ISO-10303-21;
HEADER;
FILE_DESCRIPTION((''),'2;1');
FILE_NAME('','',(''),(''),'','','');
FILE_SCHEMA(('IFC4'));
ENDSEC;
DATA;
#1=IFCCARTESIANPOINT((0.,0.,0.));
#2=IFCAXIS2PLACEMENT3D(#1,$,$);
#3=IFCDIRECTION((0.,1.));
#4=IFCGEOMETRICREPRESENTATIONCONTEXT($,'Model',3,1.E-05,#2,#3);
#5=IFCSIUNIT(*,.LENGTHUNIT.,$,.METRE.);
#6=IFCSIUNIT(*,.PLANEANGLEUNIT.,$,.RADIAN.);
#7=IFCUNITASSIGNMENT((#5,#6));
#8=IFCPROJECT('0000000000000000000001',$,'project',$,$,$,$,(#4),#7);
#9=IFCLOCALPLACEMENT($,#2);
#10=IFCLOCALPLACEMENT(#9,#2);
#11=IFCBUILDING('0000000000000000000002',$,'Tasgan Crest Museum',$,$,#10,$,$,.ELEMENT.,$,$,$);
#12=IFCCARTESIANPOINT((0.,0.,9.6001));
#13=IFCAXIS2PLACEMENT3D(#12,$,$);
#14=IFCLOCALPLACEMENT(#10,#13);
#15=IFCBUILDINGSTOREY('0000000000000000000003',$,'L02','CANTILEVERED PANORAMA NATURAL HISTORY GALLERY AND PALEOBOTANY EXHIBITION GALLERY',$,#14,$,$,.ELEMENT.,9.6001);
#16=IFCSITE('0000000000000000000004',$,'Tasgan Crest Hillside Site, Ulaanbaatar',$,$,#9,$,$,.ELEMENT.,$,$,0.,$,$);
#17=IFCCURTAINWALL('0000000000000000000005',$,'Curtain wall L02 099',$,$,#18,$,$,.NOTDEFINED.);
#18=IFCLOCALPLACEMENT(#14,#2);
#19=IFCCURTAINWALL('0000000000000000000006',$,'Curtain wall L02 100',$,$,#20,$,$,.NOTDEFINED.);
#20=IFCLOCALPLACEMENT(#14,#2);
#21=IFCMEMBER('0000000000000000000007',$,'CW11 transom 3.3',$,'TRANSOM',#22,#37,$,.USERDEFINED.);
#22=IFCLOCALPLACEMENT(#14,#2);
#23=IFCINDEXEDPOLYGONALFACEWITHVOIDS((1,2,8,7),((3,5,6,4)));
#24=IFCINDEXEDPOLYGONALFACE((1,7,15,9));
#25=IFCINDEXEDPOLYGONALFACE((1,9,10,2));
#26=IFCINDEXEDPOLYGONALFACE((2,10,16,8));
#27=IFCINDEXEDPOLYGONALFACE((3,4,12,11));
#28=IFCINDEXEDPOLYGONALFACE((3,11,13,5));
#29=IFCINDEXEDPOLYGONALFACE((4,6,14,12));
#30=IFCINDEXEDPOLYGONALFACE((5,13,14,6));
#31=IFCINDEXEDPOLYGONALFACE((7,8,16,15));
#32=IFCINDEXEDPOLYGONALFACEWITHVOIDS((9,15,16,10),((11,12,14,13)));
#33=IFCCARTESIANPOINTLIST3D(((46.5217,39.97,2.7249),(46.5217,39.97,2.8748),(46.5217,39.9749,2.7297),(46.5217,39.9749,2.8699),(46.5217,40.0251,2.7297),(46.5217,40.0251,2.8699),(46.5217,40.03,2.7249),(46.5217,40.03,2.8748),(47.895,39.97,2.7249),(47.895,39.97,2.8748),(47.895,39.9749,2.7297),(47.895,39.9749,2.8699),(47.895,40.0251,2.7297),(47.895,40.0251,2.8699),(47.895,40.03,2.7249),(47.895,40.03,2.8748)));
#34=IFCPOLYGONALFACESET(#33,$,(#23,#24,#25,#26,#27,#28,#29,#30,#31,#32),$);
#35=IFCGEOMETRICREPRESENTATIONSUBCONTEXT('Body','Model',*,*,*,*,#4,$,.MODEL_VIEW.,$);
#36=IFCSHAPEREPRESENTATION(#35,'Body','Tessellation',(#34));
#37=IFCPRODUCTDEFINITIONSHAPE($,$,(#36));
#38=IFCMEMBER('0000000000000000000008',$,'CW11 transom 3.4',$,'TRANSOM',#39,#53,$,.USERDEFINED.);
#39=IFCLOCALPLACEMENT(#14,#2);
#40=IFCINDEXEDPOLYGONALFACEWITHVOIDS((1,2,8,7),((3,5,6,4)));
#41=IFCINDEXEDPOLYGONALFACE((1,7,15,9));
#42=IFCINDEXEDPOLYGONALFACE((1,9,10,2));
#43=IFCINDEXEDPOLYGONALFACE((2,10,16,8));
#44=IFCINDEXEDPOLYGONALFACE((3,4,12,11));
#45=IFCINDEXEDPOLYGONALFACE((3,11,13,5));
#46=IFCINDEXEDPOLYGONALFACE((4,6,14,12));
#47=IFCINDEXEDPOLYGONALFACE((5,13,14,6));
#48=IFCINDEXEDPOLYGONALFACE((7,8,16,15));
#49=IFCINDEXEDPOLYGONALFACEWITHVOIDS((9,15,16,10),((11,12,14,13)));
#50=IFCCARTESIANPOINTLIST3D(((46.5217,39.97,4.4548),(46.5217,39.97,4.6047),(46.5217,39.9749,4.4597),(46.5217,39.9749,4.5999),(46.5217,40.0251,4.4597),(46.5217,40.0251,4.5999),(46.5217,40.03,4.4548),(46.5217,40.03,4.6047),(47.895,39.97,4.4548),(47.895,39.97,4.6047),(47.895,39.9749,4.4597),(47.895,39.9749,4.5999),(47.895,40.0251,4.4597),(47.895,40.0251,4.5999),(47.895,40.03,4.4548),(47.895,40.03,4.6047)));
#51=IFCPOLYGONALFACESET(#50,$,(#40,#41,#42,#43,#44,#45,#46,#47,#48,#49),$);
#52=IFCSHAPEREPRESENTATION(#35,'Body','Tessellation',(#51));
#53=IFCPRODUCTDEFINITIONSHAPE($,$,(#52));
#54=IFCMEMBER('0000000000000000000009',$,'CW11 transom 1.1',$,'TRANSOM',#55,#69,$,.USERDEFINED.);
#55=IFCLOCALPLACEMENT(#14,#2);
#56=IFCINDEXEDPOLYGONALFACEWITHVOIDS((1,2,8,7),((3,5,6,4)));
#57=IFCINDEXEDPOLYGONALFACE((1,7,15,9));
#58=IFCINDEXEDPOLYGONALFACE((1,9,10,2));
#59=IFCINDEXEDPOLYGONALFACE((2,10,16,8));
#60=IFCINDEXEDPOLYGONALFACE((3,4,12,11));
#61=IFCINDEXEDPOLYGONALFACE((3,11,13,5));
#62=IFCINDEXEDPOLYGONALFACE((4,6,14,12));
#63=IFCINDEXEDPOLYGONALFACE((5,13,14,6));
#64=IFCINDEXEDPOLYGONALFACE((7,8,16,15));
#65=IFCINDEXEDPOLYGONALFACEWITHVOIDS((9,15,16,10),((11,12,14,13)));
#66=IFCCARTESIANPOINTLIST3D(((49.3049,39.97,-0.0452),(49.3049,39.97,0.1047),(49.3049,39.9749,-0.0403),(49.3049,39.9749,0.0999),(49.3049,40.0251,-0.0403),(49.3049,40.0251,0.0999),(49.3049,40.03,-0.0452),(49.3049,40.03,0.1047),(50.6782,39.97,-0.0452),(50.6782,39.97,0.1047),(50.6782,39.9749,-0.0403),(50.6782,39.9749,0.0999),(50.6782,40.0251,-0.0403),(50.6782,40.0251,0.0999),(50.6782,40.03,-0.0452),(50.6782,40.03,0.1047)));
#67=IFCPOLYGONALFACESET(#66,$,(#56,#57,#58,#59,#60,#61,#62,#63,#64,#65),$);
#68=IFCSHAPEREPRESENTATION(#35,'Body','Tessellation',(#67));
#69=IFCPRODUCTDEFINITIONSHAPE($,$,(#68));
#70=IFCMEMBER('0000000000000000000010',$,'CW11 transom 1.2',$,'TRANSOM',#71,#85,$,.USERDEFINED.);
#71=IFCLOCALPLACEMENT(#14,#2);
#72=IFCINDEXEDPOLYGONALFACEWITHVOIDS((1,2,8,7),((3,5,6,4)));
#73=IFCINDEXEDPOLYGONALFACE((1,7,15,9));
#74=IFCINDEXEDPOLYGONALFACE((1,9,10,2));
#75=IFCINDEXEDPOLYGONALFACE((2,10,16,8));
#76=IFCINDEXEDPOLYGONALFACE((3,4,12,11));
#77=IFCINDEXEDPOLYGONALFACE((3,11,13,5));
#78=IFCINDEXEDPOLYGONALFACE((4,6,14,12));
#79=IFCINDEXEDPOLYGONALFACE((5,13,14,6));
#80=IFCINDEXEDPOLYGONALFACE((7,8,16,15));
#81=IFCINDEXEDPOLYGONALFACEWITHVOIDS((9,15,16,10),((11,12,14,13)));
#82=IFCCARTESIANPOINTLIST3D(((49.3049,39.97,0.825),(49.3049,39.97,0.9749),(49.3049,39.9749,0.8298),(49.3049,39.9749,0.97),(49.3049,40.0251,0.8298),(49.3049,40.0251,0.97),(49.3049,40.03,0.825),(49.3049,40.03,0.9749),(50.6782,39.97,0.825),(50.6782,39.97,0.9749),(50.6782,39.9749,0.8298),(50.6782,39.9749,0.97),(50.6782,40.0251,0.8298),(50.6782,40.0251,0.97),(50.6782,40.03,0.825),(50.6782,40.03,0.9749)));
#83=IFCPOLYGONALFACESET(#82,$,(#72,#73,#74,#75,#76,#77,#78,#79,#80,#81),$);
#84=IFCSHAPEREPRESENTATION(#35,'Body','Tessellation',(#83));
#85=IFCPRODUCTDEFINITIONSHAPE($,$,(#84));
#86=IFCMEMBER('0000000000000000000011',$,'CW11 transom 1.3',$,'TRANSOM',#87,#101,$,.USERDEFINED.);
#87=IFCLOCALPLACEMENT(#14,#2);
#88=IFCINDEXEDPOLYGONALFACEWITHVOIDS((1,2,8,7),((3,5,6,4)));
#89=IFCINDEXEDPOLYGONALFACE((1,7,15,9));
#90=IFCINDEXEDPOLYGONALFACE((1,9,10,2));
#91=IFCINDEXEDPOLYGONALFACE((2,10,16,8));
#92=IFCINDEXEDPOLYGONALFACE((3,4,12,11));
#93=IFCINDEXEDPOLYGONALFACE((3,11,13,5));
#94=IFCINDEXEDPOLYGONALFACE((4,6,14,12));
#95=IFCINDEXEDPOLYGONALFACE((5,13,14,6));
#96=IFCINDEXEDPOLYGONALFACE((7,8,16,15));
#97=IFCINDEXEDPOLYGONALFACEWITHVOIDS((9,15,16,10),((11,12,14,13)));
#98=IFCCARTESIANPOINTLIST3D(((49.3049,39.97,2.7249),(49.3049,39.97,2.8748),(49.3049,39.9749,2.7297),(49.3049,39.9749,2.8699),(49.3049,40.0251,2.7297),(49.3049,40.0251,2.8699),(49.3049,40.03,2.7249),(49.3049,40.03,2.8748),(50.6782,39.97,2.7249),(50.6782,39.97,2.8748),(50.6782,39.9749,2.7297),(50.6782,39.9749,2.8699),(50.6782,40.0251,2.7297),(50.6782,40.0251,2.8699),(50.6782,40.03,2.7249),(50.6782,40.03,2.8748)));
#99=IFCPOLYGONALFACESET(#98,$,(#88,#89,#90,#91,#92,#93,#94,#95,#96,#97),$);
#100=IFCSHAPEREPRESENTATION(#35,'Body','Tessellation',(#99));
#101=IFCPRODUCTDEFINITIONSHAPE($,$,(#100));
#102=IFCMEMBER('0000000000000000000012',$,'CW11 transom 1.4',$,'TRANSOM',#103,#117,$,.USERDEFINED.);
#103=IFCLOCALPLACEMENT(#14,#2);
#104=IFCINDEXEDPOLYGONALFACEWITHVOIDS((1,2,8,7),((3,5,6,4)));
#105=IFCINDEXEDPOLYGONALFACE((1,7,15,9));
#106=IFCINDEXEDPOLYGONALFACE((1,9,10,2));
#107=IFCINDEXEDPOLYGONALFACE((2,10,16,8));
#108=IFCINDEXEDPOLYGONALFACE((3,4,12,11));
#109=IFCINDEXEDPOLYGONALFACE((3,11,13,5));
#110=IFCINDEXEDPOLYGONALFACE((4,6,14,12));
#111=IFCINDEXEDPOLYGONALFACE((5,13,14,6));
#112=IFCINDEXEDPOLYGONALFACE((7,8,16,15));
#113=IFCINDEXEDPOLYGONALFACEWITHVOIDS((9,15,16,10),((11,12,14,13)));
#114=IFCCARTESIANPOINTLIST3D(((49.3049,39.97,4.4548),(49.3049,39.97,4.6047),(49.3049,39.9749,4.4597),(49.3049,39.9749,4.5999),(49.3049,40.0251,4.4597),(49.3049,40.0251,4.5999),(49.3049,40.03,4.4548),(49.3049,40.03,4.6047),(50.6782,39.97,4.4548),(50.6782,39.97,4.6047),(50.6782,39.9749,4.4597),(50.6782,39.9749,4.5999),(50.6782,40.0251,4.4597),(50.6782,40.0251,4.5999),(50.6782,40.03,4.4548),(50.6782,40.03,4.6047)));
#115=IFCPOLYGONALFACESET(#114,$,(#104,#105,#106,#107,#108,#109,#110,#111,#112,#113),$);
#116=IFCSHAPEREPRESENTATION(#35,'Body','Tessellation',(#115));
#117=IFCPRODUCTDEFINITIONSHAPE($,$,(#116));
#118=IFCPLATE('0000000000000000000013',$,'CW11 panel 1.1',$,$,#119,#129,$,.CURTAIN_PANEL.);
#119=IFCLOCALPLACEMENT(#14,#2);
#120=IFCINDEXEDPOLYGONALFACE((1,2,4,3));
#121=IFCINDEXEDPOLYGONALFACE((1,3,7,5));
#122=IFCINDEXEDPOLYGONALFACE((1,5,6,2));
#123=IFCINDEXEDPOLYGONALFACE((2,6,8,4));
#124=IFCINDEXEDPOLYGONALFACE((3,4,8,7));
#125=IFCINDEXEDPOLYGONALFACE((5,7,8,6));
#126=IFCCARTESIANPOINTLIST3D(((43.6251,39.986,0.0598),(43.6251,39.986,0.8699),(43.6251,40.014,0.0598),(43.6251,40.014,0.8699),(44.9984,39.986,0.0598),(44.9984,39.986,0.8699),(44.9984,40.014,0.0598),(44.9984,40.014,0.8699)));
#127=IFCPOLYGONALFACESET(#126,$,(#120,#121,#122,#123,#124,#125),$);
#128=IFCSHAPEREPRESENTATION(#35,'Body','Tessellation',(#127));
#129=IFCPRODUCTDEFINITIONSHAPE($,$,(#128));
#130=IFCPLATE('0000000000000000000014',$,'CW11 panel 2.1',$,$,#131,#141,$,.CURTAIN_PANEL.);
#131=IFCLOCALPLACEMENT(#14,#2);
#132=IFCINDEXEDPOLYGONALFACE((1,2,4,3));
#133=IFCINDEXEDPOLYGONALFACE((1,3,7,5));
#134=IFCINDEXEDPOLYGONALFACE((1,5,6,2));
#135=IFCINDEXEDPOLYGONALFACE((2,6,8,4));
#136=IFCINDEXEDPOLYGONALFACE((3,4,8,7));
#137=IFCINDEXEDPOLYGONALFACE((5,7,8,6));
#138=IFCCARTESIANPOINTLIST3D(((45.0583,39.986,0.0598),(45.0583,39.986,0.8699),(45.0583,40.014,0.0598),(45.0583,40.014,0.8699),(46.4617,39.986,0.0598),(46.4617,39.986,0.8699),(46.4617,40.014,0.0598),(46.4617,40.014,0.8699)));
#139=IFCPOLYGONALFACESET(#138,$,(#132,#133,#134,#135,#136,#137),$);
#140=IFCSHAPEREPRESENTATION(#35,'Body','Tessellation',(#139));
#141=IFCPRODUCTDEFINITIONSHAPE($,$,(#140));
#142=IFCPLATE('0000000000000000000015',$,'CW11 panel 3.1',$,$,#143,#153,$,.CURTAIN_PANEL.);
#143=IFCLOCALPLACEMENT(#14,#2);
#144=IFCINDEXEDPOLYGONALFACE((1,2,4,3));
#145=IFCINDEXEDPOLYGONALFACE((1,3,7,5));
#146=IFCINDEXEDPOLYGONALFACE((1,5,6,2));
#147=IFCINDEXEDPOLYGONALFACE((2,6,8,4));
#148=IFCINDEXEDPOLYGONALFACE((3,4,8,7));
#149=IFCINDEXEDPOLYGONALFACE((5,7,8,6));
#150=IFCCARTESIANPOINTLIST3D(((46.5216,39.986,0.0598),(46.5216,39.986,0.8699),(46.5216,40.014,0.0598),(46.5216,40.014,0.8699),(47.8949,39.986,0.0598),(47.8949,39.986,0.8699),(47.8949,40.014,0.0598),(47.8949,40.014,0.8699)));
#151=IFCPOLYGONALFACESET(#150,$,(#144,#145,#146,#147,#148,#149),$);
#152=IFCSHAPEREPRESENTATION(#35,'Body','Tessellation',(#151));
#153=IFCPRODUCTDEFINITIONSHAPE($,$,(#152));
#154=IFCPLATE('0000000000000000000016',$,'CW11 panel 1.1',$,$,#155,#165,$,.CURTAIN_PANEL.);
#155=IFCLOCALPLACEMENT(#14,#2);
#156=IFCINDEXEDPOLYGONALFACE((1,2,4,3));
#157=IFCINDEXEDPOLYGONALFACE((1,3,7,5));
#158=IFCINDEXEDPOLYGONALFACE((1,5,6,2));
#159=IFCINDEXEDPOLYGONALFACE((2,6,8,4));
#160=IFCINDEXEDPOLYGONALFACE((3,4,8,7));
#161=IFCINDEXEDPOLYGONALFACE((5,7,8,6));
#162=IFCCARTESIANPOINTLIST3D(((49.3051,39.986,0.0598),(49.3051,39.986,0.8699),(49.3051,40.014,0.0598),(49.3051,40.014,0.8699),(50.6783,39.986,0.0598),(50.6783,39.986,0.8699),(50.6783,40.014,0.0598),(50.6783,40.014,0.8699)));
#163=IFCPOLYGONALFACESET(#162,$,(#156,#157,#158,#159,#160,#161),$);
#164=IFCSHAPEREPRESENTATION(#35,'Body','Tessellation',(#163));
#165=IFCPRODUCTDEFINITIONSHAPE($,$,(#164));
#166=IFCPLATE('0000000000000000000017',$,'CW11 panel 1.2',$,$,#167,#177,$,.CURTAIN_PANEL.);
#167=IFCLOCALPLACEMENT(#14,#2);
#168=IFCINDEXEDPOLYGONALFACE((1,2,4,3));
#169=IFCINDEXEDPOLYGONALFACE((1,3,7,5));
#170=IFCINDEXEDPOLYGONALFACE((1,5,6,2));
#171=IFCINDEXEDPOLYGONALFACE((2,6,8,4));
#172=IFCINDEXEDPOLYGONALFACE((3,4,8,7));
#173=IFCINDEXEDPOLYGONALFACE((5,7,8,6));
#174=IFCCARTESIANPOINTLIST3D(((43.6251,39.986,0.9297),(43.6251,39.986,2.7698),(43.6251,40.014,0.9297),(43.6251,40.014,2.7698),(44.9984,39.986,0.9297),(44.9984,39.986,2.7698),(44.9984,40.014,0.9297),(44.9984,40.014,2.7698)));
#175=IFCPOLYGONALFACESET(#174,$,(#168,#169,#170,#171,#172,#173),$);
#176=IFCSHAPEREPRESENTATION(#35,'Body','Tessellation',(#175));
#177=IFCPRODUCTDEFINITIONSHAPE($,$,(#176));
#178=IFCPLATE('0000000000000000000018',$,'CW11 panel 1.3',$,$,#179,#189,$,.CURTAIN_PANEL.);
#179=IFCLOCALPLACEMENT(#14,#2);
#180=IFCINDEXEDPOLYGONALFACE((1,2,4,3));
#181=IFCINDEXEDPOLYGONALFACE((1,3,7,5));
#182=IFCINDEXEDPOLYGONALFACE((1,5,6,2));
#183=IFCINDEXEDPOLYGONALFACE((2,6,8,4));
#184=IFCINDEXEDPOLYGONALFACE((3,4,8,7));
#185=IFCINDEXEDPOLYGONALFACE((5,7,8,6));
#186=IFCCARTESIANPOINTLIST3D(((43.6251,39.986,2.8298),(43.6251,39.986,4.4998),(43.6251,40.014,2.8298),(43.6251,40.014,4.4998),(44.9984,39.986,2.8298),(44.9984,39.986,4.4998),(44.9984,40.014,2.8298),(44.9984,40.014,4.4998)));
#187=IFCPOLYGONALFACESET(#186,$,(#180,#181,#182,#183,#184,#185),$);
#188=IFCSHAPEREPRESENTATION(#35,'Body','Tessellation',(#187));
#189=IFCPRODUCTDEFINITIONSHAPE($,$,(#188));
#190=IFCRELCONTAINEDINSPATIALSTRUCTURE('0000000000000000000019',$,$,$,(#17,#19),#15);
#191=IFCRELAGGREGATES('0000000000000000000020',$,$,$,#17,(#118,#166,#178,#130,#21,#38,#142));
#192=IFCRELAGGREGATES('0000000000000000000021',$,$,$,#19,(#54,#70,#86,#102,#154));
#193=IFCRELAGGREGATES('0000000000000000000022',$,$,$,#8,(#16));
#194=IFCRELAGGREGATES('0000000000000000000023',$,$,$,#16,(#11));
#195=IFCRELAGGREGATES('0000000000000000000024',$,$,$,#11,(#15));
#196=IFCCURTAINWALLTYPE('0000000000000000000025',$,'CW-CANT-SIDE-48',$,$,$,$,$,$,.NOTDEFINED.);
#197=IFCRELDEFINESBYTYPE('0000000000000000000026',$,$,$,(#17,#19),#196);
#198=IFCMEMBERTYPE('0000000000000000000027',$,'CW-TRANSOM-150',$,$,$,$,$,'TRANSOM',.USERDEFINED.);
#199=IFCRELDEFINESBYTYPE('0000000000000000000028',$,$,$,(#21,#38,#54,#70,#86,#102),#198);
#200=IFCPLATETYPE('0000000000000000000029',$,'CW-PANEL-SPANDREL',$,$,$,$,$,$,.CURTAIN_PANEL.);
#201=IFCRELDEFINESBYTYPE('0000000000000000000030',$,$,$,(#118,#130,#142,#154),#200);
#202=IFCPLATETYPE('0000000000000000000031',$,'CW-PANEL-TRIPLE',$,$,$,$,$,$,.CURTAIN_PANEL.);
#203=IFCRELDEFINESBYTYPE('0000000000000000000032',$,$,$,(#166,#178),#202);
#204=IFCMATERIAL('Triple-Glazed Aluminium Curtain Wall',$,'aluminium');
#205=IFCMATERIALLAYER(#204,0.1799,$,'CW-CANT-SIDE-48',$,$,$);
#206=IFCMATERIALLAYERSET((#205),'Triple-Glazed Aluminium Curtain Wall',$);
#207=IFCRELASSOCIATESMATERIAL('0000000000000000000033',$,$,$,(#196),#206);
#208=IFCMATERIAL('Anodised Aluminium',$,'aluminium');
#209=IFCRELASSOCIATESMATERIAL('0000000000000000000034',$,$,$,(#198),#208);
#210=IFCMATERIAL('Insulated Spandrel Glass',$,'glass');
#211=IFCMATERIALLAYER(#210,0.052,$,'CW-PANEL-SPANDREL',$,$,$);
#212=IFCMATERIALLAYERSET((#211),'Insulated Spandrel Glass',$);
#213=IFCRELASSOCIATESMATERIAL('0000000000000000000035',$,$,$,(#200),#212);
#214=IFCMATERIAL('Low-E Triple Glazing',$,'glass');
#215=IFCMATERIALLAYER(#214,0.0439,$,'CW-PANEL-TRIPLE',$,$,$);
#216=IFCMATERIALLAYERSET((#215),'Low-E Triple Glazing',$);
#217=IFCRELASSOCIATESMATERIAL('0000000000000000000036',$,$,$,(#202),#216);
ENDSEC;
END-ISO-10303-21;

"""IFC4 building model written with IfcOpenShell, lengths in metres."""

from ifc_helpers import new_model, si_unit, direction, frame, origin, origin_2d, place, context, subcontext, project, spatial, rectangle, hollow_rectangle, extrude, material, layer, layer_set, material_profile, profile_set, type_object, element, aggregate, save


model = new_model("IFC4")

# Units and contexts
model_context = context("Model", 3, precision=1e-05, world=origin(), true_north=direction((0.0, 1.0)))
body_context = subcontext(model_context, "Body", "Model", "MODEL_VIEW")
ifc_project = project(units=[si_unit("LENGTHUNIT", "METRE"), si_unit("PLANEANGLEUNIT", "RADIAN")], contexts=[model_context])

# Site, building, storey
site_placement = place(None, origin())
site = spatial("IfcSite", under=ifc_project, at=site_placement, Name="Tasgan Crest Hillside Site, Ulaanbaatar", CompositionType="ELEMENT", RefElevation=0.0)
building_placement = place(site_placement, origin())
building = spatial("IfcBuilding", under=site, at=building_placement, Name="Tasgan Crest Museum", CompositionType="ELEMENT")
storey_placement = place(building_placement, frame((0.0, 0.0, 9.6001)))
storey = spatial("IfcBuildingStorey", under=building, at=storey_placement, Name="L02", Description="CANTILEVERED PANORAMA NATURAL HISTORY GALLERY AND PALEOBOTANY EXHIBITION GALLERY", CompositionType="ELEMENT", Elevation=9.6001)

# Curtain wall
ifc_material_1 = material(Name="Triple-Glazed Aluminium Curtain Wall", Category="aluminium")
ifc_layer_1 = layer(ifc_material_1, 0.1799, Name="CW-CANT-SIDE-48")
ifc_layer_set_1 = layer_set([ifc_layer_1], Name="Triple-Glazed Aluminium Curtain Wall")
curtain_wall_type = type_object("IfcCurtainWallType", Name="CW-CANT-SIDE-48", PredefinedType="NOTDEFINED", material=ifc_layer_set_1)
curtain_wall_1_placement = place(storey_placement, origin())
curtain_wall_1 = element("IfcCurtainWall", 1, at=curtain_wall_1_placement, inside=storey, type_object=curtain_wall_type, Name="Curtain wall L02 099", PredefinedType="NOTDEFINED")

# Curtain wall
curtain_wall_2_placement = place(storey_placement, origin())
curtain_wall_2 = element("IfcCurtainWall", 2, at=curtain_wall_2_placement, inside=storey, type_object=curtain_wall_type, Name="Curtain wall L02 100", PredefinedType="NOTDEFINED")

# Members
ifc_material_2 = material(Name="Anodised Aluminium", Category="aluminium")
ifc_material_profile_1 = material_profile(ifc_material_2, hollow_rectangle(XDim=0.0601, YDim=0.1499, WallThickness=0.0049, at=origin_2d()), Name="ALU TRANSOM 150x60x5")
ifc_profile_set_1 = profile_set([ifc_material_profile_1], Name="Anodised Aluminium")
member_type_1 = type_object("IfcMemberType", Name="CW-TRANSOM-150", ElementType="TRANSOM", PredefinedType="USERDEFINED", material=ifc_profile_set_1)
member_1_placement = place(storey_placement, frame((46.5217, 40.0, 2.7998), z_axis=(1.0, 0.0, 0.0), x_axis=(0.0, 1.0, 0.0)))
member_1 = element("IfcMember", 3, at=member_1_placement, type_object=member_type_1, Name="CW11 transom 3.3", ObjectType="TRANSOM", PredefinedType="USERDEFINED", context=body_context, shape_type="SweptSolid", body=[
    extrude(hollow_rectangle(XDim=0.0601, YDim=0.1499, WallThickness=0.0049, at=origin_2d()), origin(), (0.0, 0.0, 1.0), 1.3733),
])
member_2_placement = place(storey_placement, frame((46.5217, 40.0, 4.5298), z_axis=(1.0, 0.0, 0.0), x_axis=(0.0, 1.0, 0.0)))
member_2 = element("IfcMember", 4, at=member_2_placement, type_object=member_type_1, Name="CW11 transom 3.4", ObjectType="TRANSOM", PredefinedType="USERDEFINED", context=body_context, shape_type="SweptSolid", body=[
    extrude(hollow_rectangle(XDim=0.0601, YDim=0.1499, WallThickness=0.0049, at=origin_2d()), origin(), (0.0, 0.0, 1.0), 1.3733),
])
member_3_placement = place(storey_placement, frame((49.3049, 40.0, 0.0298), z_axis=(1.0, 0.0, 0.0), x_axis=(0.0, 1.0, 0.0)))
member_3 = element("IfcMember", 5, at=member_3_placement, type_object=member_type_1, Name="CW11 transom 1.1", ObjectType="TRANSOM", PredefinedType="USERDEFINED", context=body_context, shape_type="SweptSolid", body=[
    extrude(hollow_rectangle(XDim=0.0601, YDim=0.1499, WallThickness=0.0049, at=origin_2d()), origin(), (0.0, 0.0, 1.0), 1.3733),
])
member_4_placement = place(storey_placement, frame((49.3049, 40.0, 0.8999), z_axis=(1.0, 0.0, 0.0), x_axis=(0.0, 1.0, 0.0)))
member_4 = element("IfcMember", 6, at=member_4_placement, type_object=member_type_1, Name="CW11 transom 1.2", ObjectType="TRANSOM", PredefinedType="USERDEFINED", context=body_context, shape_type="SweptSolid", body=[
    extrude(hollow_rectangle(XDim=0.0601, YDim=0.1499, WallThickness=0.0049, at=origin_2d()), origin(), (0.0, 0.0, 1.0), 1.3733),
])
member_5_placement = place(storey_placement, frame((49.3049, 40.0, 2.7998), z_axis=(1.0, 0.0, 0.0), x_axis=(0.0, 1.0, 0.0)))
member_5 = element("IfcMember", 7, at=member_5_placement, type_object=member_type_1, Name="CW11 transom 1.3", ObjectType="TRANSOM", PredefinedType="USERDEFINED", context=body_context, shape_type="SweptSolid", body=[
    extrude(hollow_rectangle(XDim=0.0601, YDim=0.1499, WallThickness=0.0049, at=origin_2d()), origin(), (0.0, 0.0, 1.0), 1.3733),
])
member_6_placement = place(storey_placement, frame((49.3049, 40.0, 4.5298), z_axis=(1.0, 0.0, 0.0), x_axis=(0.0, 1.0, 0.0)))
member_6 = element("IfcMember", 8, at=member_6_placement, type_object=member_type_1, Name="CW11 transom 1.4", ObjectType="TRANSOM", PredefinedType="USERDEFINED", context=body_context, shape_type="SweptSolid", body=[
    extrude(hollow_rectangle(XDim=0.0601, YDim=0.1499, WallThickness=0.0049, at=origin_2d()), origin(), (0.0, 0.0, 1.0), 1.3733),
])

# Plates
ifc_material_3 = material(Name="Insulated Spandrel Glass", Category="glass")
ifc_layer_2 = layer(ifc_material_3, 0.052, Name="CW-PANEL-SPANDREL")
ifc_layer_set_2 = layer_set([ifc_layer_2], Name="Insulated Spandrel Glass")
plate_type_1 = type_object("IfcPlateType", Name="CW-PANEL-SPANDREL", PredefinedType="CURTAIN_PANEL", material=ifc_layer_set_2)
plate_1_placement = place(storey_placement, frame((44.3118, 40.0, 0.0598), z_axis=(0.0, 0.0, 1.0), x_axis=(1.0, 0.0, 0.0)))
plate_1 = element("IfcPlate", 9, at=plate_1_placement, type_object=plate_type_1, Name="CW11 panel 1.1", PredefinedType="CURTAIN_PANEL", context=body_context, shape_type="SweptSolid", body=[
    extrude(rectangle(XDim=1.3733, YDim=0.0281, at=origin_2d()), origin(), (0.0, 0.0, 1.0), 0.8101),
])
plate_2_placement = place(storey_placement, frame((45.76, 40.0, 0.0598), z_axis=(0.0, 0.0, 1.0), x_axis=(1.0, 0.0, 0.0)))
plate_2 = element("IfcPlate", 10, at=plate_2_placement, type_object=plate_type_1, Name="CW11 panel 2.1", PredefinedType="CURTAIN_PANEL", context=body_context, shape_type="SweptSolid", body=[
    extrude(rectangle(XDim=1.4033, YDim=0.0281, at=origin_2d()), origin(), (0.0, 0.0, 1.0), 0.8101),
])
plate_3_placement = place(storey_placement, frame((47.2083, 40.0, 0.0598), z_axis=(0.0, 0.0, 1.0), x_axis=(1.0, 0.0, 0.0)))
plate_3 = element("IfcPlate", 11, at=plate_3_placement, type_object=plate_type_1, Name="CW11 panel 3.1", PredefinedType="CURTAIN_PANEL", context=body_context, shape_type="SweptSolid", body=[
    extrude(rectangle(XDim=1.3733, YDim=0.0281, at=origin_2d()), origin(), (0.0, 0.0, 1.0), 0.8101),
])
plate_4_placement = place(storey_placement, frame((49.9917, 40.0, 0.0598), z_axis=(0.0, 0.0, 1.0), x_axis=(1.0, 0.0, 0.0)))
plate_4 = element("IfcPlate", 12, at=plate_4_placement, type_object=plate_type_1, Name="CW11 panel 1.1", PredefinedType="CURTAIN_PANEL", context=body_context, shape_type="SweptSolid", body=[
    extrude(rectangle(XDim=1.3733, YDim=0.0281, at=origin_2d()), origin(), (0.0, 0.0, 1.0), 0.8101),
])
ifc_material_4 = material(Name="Low-E Triple Glazing", Category="glass")
ifc_layer_3 = layer(ifc_material_4, 0.0439, Name="CW-PANEL-TRIPLE")
ifc_layer_set_3 = layer_set([ifc_layer_3], Name="Low-E Triple Glazing")
plate_type_2 = type_object("IfcPlateType", Name="CW-PANEL-TRIPLE", PredefinedType="CURTAIN_PANEL", material=ifc_layer_set_3)
plate_5_placement = place(storey_placement, frame((44.3118, 40.0, 0.9297), z_axis=(0.0, 0.0, 1.0), x_axis=(1.0, 0.0, 0.0)))
plate_5 = element("IfcPlate", 13, at=plate_5_placement, type_object=plate_type_2, Name="CW11 panel 1.2", PredefinedType="CURTAIN_PANEL", context=body_context, shape_type="SweptSolid", body=[
    extrude(rectangle(XDim=1.3733, YDim=0.0281, at=origin_2d()), origin(), (0.0, 0.0, 1.0), 1.8401),
])
plate_6_placement = place(storey_placement, frame((44.3118, 40.0, 2.8298), z_axis=(0.0, 0.0, 1.0), x_axis=(1.0, 0.0, 0.0)))
plate_6 = element("IfcPlate", 14, at=plate_6_placement, type_object=plate_type_2, Name="CW11 panel 1.3", PredefinedType="CURTAIN_PANEL", context=body_context, shape_type="SweptSolid", body=[
    extrude(rectangle(XDim=1.3733, YDim=0.0281, at=origin_2d()), origin(), (0.0, 0.0, 1.0), 1.6699),
])
aggregate(curtain_wall_1, [plate_1, plate_5, plate_6, plate_2, member_1, member_2, plate_3])
aggregate(curtain_wall_2, [member_3, member_4, member_5, member_6, plate_4])

save(model, "model.ifc")
